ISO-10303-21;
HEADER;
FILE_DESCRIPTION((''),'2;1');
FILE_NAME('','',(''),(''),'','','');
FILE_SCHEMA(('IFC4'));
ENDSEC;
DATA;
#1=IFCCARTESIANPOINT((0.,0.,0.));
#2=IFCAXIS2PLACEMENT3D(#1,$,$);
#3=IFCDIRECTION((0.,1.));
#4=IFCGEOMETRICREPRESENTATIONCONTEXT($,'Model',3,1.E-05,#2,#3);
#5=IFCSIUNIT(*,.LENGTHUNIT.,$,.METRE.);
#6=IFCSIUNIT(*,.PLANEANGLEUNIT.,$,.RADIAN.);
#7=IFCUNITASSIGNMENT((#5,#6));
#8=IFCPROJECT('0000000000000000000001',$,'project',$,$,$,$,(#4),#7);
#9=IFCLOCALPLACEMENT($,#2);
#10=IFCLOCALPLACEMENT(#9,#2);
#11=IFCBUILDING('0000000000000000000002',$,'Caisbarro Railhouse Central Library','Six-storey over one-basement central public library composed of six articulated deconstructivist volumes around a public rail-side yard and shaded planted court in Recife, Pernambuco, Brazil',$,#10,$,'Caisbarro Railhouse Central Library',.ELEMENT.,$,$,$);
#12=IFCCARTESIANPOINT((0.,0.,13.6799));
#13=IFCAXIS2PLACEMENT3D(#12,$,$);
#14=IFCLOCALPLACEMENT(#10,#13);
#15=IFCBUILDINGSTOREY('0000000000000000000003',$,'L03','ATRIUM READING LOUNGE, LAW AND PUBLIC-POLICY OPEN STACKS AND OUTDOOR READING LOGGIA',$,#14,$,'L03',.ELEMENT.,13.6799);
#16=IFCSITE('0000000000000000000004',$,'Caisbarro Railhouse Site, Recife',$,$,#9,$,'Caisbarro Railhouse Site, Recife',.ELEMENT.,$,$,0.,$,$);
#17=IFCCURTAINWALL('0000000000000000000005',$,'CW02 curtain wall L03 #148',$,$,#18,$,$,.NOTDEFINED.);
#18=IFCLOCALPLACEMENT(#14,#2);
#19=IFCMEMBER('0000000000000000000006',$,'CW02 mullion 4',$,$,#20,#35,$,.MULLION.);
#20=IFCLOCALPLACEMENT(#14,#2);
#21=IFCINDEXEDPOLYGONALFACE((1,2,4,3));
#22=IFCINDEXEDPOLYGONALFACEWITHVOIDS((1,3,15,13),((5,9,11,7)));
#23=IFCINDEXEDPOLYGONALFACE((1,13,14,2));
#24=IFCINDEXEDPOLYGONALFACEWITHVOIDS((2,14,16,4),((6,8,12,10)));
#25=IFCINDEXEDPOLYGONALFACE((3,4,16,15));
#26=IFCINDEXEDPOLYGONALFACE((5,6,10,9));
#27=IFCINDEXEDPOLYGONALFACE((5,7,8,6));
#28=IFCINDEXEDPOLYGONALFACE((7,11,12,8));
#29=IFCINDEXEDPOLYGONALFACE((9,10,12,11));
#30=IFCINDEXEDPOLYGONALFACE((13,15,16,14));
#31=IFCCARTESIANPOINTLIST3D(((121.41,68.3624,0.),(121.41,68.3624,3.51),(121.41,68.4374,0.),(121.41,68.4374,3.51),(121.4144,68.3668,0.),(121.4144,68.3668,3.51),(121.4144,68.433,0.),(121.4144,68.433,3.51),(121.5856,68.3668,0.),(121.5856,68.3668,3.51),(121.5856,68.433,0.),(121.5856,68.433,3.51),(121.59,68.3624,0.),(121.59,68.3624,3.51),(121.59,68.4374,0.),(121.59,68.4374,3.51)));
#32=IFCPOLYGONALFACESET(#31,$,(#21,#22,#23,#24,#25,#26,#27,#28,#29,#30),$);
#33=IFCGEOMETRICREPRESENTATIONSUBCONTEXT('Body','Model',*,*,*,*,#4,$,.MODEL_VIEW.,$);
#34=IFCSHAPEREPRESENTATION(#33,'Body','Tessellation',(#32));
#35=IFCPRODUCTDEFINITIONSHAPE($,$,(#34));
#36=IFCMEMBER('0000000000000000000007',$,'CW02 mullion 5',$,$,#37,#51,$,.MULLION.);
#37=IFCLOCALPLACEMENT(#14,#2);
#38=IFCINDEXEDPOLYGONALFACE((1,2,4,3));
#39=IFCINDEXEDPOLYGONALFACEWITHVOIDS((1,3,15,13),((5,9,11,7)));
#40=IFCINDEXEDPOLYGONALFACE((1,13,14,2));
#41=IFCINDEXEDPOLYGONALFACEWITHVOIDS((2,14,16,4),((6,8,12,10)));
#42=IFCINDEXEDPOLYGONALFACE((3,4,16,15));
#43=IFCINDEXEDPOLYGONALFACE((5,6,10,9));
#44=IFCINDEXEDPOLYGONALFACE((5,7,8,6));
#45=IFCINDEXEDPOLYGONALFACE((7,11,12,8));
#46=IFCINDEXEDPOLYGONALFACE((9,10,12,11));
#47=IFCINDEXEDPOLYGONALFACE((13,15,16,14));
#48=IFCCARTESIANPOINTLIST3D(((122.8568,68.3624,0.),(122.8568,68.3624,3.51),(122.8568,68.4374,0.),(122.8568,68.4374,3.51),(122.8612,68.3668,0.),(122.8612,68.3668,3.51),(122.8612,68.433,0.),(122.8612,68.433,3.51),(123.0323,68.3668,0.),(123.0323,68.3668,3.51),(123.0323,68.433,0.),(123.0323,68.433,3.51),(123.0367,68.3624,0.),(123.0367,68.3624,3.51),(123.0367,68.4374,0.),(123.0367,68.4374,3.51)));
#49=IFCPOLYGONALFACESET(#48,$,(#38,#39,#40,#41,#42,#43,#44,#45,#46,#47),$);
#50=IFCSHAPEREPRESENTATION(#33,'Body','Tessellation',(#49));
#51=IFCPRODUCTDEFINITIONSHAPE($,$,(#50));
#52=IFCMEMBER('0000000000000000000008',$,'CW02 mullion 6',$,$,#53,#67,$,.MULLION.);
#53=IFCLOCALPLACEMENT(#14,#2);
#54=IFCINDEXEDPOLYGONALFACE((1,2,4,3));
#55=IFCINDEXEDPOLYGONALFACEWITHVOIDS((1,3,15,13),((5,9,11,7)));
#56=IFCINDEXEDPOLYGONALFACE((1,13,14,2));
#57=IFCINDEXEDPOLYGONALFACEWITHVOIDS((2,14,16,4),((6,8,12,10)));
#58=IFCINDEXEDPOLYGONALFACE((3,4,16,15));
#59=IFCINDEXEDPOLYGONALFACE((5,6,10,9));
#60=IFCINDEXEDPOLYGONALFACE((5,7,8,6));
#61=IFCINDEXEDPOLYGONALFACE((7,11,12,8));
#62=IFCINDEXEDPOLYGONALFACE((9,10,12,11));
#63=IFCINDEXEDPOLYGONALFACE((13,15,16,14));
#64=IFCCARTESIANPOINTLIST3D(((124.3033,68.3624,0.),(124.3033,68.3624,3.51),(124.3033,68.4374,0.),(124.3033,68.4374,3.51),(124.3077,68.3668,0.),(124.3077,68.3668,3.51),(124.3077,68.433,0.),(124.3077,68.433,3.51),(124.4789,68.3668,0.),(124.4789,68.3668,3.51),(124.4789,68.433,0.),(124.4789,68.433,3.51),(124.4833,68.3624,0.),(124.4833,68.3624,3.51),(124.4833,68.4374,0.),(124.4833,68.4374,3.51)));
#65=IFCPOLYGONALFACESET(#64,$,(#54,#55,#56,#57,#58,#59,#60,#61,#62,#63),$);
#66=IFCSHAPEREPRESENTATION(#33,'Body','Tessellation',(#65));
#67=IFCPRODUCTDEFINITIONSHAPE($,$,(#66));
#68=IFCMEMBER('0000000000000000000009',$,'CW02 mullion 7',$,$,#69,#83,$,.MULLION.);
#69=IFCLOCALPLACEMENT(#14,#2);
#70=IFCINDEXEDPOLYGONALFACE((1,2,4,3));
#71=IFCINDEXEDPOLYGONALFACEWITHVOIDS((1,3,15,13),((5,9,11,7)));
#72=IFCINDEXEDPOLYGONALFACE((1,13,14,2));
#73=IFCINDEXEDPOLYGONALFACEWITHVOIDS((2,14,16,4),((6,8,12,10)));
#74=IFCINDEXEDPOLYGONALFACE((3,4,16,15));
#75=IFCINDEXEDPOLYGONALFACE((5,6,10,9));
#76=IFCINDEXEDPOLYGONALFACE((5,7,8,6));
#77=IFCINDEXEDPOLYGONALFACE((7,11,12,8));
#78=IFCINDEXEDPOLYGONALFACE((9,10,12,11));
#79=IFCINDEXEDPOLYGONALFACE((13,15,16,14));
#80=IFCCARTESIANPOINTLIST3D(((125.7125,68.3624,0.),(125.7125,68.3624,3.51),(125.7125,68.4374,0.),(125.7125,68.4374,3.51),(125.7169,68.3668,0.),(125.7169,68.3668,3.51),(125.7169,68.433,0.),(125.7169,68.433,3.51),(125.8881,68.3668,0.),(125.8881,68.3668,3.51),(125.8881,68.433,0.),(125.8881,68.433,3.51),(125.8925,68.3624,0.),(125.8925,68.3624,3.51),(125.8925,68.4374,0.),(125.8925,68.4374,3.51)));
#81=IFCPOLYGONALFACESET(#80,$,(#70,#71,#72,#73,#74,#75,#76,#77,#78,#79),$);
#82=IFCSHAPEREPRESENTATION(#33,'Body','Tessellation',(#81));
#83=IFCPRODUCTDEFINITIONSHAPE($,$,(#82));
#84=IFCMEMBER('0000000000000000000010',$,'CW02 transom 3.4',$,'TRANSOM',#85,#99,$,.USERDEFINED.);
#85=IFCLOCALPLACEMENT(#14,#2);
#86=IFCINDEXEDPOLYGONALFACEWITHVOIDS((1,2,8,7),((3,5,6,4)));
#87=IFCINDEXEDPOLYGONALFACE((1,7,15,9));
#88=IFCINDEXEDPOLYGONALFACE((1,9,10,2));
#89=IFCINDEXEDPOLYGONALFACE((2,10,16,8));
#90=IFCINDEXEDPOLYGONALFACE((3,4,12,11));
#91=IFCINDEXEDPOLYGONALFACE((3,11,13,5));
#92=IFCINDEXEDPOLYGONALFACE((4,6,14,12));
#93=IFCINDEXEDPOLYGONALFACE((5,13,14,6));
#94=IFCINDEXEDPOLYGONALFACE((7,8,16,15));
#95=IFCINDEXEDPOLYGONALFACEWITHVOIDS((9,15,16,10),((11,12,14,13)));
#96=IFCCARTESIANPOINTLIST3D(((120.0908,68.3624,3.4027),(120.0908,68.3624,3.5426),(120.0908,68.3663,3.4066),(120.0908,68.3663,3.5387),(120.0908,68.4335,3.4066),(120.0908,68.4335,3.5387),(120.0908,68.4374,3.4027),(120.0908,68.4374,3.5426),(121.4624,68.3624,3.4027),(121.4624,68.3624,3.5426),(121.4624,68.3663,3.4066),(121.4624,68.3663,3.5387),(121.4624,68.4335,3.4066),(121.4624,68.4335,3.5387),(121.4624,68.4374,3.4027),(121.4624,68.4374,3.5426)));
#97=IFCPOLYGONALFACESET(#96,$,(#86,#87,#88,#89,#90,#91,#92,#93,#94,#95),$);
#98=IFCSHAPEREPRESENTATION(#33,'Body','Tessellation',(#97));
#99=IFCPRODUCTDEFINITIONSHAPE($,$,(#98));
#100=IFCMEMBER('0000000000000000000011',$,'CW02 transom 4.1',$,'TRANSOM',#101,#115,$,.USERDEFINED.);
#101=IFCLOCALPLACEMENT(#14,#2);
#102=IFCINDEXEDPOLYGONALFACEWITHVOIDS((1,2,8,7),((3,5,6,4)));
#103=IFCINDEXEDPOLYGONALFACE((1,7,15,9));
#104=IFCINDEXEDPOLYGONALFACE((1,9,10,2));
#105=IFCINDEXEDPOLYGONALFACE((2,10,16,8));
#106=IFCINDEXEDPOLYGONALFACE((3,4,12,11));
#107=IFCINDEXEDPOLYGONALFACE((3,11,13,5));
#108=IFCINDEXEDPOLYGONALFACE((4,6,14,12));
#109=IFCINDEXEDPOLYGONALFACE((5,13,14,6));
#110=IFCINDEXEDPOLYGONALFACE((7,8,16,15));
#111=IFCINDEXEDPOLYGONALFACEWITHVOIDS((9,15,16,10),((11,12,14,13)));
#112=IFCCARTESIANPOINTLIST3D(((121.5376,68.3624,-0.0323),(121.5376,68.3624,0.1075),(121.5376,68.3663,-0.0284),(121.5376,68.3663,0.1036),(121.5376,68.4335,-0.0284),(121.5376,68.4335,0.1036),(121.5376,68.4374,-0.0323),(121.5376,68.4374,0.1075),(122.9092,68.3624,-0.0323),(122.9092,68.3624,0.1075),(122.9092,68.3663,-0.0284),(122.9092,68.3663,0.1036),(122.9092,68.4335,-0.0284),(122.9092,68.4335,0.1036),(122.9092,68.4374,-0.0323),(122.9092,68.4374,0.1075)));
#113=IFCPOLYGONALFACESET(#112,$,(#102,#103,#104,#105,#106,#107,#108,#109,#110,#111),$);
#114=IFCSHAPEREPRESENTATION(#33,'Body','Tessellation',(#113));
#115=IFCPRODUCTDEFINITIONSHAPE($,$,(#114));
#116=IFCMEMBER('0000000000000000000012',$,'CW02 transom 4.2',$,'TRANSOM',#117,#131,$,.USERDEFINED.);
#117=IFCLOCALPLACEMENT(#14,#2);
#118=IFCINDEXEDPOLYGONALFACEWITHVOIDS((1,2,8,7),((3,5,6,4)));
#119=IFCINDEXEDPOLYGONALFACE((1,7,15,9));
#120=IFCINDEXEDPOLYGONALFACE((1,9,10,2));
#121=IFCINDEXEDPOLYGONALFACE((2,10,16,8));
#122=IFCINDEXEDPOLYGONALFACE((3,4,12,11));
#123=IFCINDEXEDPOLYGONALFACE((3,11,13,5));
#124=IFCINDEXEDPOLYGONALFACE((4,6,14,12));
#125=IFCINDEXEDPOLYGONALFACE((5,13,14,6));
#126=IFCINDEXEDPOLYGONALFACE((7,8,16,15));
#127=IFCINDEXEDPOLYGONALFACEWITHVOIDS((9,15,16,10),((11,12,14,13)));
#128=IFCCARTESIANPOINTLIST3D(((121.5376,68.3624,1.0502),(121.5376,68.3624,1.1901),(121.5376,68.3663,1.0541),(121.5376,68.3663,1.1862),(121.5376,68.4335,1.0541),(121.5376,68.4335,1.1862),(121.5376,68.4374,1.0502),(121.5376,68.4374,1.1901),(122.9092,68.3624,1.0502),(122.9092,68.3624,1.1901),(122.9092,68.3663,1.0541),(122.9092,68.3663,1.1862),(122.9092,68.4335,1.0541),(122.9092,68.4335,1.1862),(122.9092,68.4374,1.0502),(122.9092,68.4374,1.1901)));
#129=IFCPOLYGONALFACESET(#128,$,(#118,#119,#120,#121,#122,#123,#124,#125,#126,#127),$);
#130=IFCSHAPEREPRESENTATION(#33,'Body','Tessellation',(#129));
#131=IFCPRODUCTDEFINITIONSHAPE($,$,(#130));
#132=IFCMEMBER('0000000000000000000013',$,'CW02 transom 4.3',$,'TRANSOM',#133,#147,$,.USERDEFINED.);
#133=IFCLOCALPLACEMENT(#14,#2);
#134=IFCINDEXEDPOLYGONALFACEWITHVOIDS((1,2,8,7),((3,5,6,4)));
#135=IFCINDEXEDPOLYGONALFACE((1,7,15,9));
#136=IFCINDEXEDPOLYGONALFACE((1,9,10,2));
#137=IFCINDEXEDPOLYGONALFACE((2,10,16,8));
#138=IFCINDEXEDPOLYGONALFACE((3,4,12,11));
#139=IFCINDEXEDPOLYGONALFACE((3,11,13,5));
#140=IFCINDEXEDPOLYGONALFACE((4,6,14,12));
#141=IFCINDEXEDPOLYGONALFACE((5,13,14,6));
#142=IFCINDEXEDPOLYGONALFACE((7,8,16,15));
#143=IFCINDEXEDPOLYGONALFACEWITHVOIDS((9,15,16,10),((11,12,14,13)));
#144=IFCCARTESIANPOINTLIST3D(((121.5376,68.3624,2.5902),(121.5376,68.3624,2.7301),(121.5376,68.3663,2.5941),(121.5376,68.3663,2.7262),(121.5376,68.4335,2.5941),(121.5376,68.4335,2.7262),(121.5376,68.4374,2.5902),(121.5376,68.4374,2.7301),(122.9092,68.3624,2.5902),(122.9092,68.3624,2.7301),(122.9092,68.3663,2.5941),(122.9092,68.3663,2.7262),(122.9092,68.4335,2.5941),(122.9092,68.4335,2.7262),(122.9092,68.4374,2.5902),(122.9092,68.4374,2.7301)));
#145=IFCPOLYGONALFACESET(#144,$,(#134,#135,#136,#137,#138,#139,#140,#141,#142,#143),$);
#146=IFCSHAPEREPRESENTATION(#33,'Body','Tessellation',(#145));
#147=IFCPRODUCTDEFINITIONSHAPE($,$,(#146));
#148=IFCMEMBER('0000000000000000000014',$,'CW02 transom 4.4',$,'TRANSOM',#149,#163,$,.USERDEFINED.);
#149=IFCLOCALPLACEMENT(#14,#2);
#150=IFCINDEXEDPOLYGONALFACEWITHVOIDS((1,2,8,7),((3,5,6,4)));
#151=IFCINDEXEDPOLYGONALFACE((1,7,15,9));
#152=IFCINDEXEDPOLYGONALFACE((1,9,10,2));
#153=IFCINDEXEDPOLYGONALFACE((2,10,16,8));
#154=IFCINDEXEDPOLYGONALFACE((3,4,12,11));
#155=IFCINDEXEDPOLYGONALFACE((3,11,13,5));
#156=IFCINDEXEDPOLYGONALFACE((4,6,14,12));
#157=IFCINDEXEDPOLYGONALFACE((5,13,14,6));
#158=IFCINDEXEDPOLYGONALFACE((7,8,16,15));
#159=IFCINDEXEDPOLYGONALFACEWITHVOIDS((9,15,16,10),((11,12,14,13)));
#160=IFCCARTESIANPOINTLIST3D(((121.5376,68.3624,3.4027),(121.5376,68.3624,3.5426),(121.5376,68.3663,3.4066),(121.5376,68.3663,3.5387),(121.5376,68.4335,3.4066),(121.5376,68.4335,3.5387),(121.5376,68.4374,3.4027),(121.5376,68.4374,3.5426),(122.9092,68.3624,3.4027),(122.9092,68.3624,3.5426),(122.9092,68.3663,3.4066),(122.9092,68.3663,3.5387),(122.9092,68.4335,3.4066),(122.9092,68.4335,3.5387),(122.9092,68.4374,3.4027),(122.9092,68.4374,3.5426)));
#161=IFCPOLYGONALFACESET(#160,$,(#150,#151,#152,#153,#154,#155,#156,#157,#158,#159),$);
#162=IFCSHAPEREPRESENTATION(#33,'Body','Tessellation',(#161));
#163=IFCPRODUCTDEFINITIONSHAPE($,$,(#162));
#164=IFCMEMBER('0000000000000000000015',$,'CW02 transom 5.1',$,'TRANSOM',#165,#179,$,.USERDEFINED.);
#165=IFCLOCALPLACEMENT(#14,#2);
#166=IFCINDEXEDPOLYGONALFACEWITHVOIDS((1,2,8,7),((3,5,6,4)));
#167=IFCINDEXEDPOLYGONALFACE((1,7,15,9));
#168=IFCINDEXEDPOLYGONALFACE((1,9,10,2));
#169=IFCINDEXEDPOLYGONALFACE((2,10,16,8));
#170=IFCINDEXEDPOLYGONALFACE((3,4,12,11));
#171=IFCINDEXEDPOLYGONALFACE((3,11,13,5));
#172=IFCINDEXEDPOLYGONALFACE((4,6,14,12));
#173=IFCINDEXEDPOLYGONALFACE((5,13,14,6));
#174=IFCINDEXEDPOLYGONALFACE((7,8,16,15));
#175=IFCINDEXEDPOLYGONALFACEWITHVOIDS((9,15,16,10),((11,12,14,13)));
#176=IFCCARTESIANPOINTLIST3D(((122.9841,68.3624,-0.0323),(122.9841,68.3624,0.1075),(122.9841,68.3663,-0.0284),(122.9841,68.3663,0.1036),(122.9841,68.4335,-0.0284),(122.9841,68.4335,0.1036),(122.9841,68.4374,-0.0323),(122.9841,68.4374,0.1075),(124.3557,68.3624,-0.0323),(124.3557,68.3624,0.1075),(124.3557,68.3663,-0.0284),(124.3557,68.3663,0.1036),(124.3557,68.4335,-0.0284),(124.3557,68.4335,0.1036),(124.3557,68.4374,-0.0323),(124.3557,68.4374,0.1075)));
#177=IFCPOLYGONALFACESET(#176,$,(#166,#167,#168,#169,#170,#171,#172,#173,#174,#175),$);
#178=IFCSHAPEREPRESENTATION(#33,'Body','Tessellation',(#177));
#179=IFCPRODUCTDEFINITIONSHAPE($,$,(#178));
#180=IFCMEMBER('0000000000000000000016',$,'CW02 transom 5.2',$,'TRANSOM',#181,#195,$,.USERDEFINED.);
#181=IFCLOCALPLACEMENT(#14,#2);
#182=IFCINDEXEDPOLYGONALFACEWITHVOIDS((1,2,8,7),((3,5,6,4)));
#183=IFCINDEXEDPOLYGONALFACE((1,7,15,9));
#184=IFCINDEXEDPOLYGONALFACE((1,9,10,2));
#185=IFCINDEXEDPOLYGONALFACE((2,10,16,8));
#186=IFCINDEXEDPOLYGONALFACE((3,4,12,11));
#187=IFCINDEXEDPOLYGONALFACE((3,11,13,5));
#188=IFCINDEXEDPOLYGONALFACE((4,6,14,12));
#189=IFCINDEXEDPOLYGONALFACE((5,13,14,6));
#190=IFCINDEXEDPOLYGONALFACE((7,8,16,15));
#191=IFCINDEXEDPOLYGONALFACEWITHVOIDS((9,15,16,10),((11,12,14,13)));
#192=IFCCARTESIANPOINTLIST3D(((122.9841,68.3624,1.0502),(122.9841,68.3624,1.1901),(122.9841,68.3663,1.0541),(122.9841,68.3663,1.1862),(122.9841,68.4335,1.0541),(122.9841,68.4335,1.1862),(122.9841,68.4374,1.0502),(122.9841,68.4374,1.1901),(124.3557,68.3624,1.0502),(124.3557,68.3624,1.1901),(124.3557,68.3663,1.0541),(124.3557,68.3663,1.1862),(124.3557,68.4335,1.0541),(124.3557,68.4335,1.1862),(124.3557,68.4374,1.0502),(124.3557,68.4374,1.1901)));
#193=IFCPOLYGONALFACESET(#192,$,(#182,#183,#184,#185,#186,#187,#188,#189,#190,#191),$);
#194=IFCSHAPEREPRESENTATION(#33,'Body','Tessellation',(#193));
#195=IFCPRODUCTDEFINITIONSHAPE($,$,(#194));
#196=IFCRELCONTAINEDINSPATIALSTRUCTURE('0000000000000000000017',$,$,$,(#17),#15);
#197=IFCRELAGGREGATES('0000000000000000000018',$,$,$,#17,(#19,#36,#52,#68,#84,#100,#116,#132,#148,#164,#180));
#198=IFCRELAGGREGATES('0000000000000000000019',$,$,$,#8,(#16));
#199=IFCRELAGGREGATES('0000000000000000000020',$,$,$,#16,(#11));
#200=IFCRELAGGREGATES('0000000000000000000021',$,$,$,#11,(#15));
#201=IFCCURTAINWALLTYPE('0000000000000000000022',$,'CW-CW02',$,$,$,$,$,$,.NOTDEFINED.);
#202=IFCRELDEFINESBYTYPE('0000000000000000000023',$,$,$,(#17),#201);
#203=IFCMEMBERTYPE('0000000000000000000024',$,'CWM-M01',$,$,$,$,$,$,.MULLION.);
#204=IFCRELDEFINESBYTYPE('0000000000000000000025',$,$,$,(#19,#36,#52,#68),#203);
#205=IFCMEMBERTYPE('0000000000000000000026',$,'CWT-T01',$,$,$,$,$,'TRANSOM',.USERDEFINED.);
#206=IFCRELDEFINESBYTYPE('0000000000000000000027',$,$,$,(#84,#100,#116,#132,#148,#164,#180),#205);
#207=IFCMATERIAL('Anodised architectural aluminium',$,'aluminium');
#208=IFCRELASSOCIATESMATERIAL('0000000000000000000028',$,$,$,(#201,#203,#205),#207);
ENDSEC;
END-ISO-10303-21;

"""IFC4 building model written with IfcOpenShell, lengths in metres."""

from ifc_helpers import new_model, si_unit, direction, frame, origin, origin_2d, place, context, subcontext, project, spatial, hollow_rectangle, extrude, material, material_profile, profile_set, type_object, element, aggregate, save


model = new_model("IFC4")

# Units and contexts
model_context = context("Model", 3, precision=1e-05, world=origin(), true_north=direction((0.0, 1.0)))
body_context = subcontext(model_context, "Body", "Model", "MODEL_VIEW")
ifc_project = project(units=[si_unit("LENGTHUNIT", "METRE"), si_unit("PLANEANGLEUNIT", "RADIAN")], contexts=[model_context])

# Site, building, storey
site_placement = place(None, origin())
site = spatial("IfcSite", under=ifc_project, at=site_placement, Name="Caisbarro Railhouse Site, Recife", LongName="Caisbarro Railhouse Site, Recife", CompositionType="ELEMENT", RefElevation=0.0)
building_placement = place(site_placement, origin())
building = spatial("IfcBuilding", under=site, at=building_placement, Name="Caisbarro Railhouse Central Library", Description="Six-storey over one-basement central public library composed of six articulated deconstructivist volumes around a public rail-side yard and shaded planted court in Recife, Pernambuco, Brazil", LongName="Caisbarro Railhouse Central Library", CompositionType="ELEMENT")
storey_placement = place(building_placement, frame((0.0, 0.0, 13.6799)))
storey = spatial("IfcBuildingStorey", under=building, at=storey_placement, Name="L03", Description="ATRIUM READING LOUNGE, LAW AND PUBLIC-POLICY OPEN STACKS AND OUTDOOR READING LOGGIA", LongName="L03", CompositionType="ELEMENT", Elevation=13.6799)

# Curtain wall, members
ifc_material_1 = material(Name="Anodised architectural aluminium", Category="aluminium")
curtain_wall_type = type_object("IfcCurtainWallType", Name="CW-CW02", PredefinedType="NOTDEFINED", material=ifc_material_1)
curtain_wall_placement = place(storey_placement, origin())
curtain_wall = element("IfcCurtainWall", 1, at=curtain_wall_placement, inside=storey, type_object=curtain_wall_type, Name="CW02 curtain wall L03 #148", PredefinedType="NOTDEFINED")
ifc_material_profile_1 = material_profile(ifc_material_1, hollow_rectangle(XDim=0.075, YDim=0.1799, WallThickness=0.0044, at=origin_2d()), Name="ALU-MUL-75X180")
ifc_profile_set_1 = profile_set([ifc_material_profile_1], Name="Anodised architectural aluminium")
member_type_1 = type_object("IfcMemberType", Name="CWM-M01", PredefinedType="MULLION", material=ifc_profile_set_1)
member_1_placement = place(storey_placement, frame((121.5, 68.3999, 0.0), z_axis=(0.0, 0.0, 1.0), x_axis=(0.0, 1.0, 0.0)))
member_1 = element("IfcMember", 2, at=member_1_placement, type_object=member_type_1, Name="CW02 mullion 4", PredefinedType="MULLION", context=body_context, shape_type="SweptSolid", body=[
    extrude(hollow_rectangle(XDim=0.075, YDim=0.1799, WallThickness=0.0044, at=origin_2d()), origin(), (0.0, 0.0, 1.0), 3.51),
])
member_2_placement = place(storey_placement, frame((122.9468, 68.3999, 0.0), z_axis=(0.0, 0.0, 1.0), x_axis=(0.0, 1.0, 0.0)))
member_2 = element("IfcMember", 3, at=member_2_placement, type_object=member_type_1, Name="CW02 mullion 5", PredefinedType="MULLION", context=body_context, shape_type="SweptSolid", body=[
    extrude(hollow_rectangle(XDim=0.075, YDim=0.1799, WallThickness=0.0044, at=origin_2d()), origin(), (0.0, 0.0, 1.0), 3.51),
])
member_3_placement = place(storey_placement, frame((124.3933, 68.3999, 0.0), z_axis=(0.0, 0.0, 1.0), x_axis=(0.0, 1.0, 0.0)))
member_3 = element("IfcMember", 4, at=member_3_placement, type_object=member_type_1, Name="CW02 mullion 6", PredefinedType="MULLION", context=body_context, shape_type="SweptSolid", body=[
    extrude(hollow_rectangle(XDim=0.075, YDim=0.1799, WallThickness=0.0044, at=origin_2d()), origin(), (0.0, 0.0, 1.0), 3.51),
])
member_4_placement = place(storey_placement, frame((125.8025, 68.3999, 0.0), z_axis=(0.0, 0.0, 1.0), x_axis=(0.0, 1.0, 0.0)))
member_4 = element("IfcMember", 5, at=member_4_placement, type_object=member_type_1, Name="CW02 mullion 7", PredefinedType="MULLION", context=body_context, shape_type="SweptSolid", body=[
    extrude(hollow_rectangle(XDim=0.075, YDim=0.1799, WallThickness=0.0044, at=origin_2d()), origin(), (0.0, 0.0, 1.0), 3.51),
])
ifc_material_profile_2 = material_profile(ifc_material_1, hollow_rectangle(XDim=0.075, YDim=0.1399, WallThickness=0.0039, at=origin_2d()), Name="ALU-TRN-75X140")
ifc_profile_set_2 = profile_set([ifc_material_profile_2], Name="Anodised architectural aluminium")
member_type_2 = type_object("IfcMemberType", Name="CWT-T01", ElementType="TRANSOM", PredefinedType="USERDEFINED", material=ifc_profile_set_2)
member_5_placement = place(storey_placement, frame((120.0908, 68.3999, 3.4727), z_axis=(1.0, 0.0, 0.0), x_axis=(0.0, 1.0, 0.0)))
member_5 = element("IfcMember", 6, at=member_5_placement, type_object=member_type_2, Name="CW02 transom 3.4", ObjectType="TRANSOM", PredefinedType="USERDEFINED", context=body_context, shape_type="SweptSolid", body=[
    extrude(hollow_rectangle(XDim=0.075, YDim=0.1399, WallThickness=0.0039, at=origin_2d()), origin(), (0.0, 0.0, 1.0), 1.3716),
])
member_6_placement = place(storey_placement, frame((121.5376, 68.3999, 0.0376), z_axis=(1.0, 0.0, 0.0), x_axis=(0.0, 1.0, 0.0)))
member_6 = element("IfcMember", 7, at=member_6_placement, type_object=member_type_2, Name="CW02 transom 4.1", ObjectType="TRANSOM", PredefinedType="USERDEFINED", context=body_context, shape_type="SweptSolid", body=[
    extrude(hollow_rectangle(XDim=0.075, YDim=0.1399, WallThickness=0.0039, at=origin_2d()), origin(), (0.0, 0.0, 1.0), 1.3716),
])
member_7_placement = place(storey_placement, frame((121.5376, 68.3999, 1.1201), z_axis=(1.0, 0.0, 0.0), x_axis=(0.0, 1.0, 0.0)))
member_7 = element("IfcMember", 8, at=member_7_placement, type_object=member_type_2, Name="CW02 transom 4.2", ObjectType="TRANSOM", PredefinedType="USERDEFINED", context=body_context, shape_type="SweptSolid", body=[
    extrude(hollow_rectangle(XDim=0.075, YDim=0.1399, WallThickness=0.0039, at=origin_2d()), origin(), (0.0, 0.0, 1.0), 1.3716),
])
member_8_placement = place(storey_placement, frame((121.5376, 68.3999, 2.6602), z_axis=(1.0, 0.0, 0.0), x_axis=(0.0, 1.0, 0.0)))
member_8 = element("IfcMember", 9, at=member_8_placement, type_object=member_type_2, Name="CW02 transom 4.3", ObjectType="TRANSOM", PredefinedType="USERDEFINED", context=body_context, shape_type="SweptSolid", body=[
    extrude(hollow_rectangle(XDim=0.075, YDim=0.1399, WallThickness=0.0039, at=origin_2d()), origin(), (0.0, 0.0, 1.0), 1.3716),
])
member_9_placement = place(storey_placement, frame((121.5376, 68.3999, 3.4727), z_axis=(1.0, 0.0, 0.0), x_axis=(0.0, 1.0, 0.0)))
member_9 = element("IfcMember", 10, at=member_9_placement, type_object=member_type_2, Name="CW02 transom 4.4", ObjectType="TRANSOM", PredefinedType="USERDEFINED", context=body_context, shape_type="SweptSolid", body=[
    extrude(hollow_rectangle(XDim=0.075, YDim=0.1399, WallThickness=0.0039, at=origin_2d()), origin(), (0.0, 0.0, 1.0), 1.3716),
])
member_10_placement = place(storey_placement, frame((122.9841, 68.3999, 0.0376), z_axis=(1.0, 0.0, 0.0), x_axis=(0.0, 1.0, 0.0)))
member_10 = element("IfcMember", 11, at=member_10_placement, type_object=member_type_2, Name="CW02 transom 5.1", ObjectType="TRANSOM", PredefinedType="USERDEFINED", context=body_context, shape_type="SweptSolid", body=[
    extrude(hollow_rectangle(XDim=0.075, YDim=0.1399, WallThickness=0.0039, at=origin_2d()), origin(), (0.0, 0.0, 1.0), 1.3716),
])
member_11_placement = place(storey_placement, frame((122.9841, 68.3999, 1.1201), z_axis=(1.0, 0.0, 0.0), x_axis=(0.0, 1.0, 0.0)))
member_11 = element("IfcMember", 12, at=member_11_placement, type_object=member_type_2, Name="CW02 transom 5.2", ObjectType="TRANSOM", PredefinedType="USERDEFINED", context=body_context, shape_type="SweptSolid", body=[
    extrude(hollow_rectangle(XDim=0.075, YDim=0.1399, WallThickness=0.0039, at=origin_2d()), origin(), (0.0, 0.0, 1.0), 1.3716),
])
aggregate(curtain_wall, [member_1, member_2, member_3, member_4, member_5, member_6, member_7, member_8, member_9, member_10, member_11])

save(model, "model.ifc")
